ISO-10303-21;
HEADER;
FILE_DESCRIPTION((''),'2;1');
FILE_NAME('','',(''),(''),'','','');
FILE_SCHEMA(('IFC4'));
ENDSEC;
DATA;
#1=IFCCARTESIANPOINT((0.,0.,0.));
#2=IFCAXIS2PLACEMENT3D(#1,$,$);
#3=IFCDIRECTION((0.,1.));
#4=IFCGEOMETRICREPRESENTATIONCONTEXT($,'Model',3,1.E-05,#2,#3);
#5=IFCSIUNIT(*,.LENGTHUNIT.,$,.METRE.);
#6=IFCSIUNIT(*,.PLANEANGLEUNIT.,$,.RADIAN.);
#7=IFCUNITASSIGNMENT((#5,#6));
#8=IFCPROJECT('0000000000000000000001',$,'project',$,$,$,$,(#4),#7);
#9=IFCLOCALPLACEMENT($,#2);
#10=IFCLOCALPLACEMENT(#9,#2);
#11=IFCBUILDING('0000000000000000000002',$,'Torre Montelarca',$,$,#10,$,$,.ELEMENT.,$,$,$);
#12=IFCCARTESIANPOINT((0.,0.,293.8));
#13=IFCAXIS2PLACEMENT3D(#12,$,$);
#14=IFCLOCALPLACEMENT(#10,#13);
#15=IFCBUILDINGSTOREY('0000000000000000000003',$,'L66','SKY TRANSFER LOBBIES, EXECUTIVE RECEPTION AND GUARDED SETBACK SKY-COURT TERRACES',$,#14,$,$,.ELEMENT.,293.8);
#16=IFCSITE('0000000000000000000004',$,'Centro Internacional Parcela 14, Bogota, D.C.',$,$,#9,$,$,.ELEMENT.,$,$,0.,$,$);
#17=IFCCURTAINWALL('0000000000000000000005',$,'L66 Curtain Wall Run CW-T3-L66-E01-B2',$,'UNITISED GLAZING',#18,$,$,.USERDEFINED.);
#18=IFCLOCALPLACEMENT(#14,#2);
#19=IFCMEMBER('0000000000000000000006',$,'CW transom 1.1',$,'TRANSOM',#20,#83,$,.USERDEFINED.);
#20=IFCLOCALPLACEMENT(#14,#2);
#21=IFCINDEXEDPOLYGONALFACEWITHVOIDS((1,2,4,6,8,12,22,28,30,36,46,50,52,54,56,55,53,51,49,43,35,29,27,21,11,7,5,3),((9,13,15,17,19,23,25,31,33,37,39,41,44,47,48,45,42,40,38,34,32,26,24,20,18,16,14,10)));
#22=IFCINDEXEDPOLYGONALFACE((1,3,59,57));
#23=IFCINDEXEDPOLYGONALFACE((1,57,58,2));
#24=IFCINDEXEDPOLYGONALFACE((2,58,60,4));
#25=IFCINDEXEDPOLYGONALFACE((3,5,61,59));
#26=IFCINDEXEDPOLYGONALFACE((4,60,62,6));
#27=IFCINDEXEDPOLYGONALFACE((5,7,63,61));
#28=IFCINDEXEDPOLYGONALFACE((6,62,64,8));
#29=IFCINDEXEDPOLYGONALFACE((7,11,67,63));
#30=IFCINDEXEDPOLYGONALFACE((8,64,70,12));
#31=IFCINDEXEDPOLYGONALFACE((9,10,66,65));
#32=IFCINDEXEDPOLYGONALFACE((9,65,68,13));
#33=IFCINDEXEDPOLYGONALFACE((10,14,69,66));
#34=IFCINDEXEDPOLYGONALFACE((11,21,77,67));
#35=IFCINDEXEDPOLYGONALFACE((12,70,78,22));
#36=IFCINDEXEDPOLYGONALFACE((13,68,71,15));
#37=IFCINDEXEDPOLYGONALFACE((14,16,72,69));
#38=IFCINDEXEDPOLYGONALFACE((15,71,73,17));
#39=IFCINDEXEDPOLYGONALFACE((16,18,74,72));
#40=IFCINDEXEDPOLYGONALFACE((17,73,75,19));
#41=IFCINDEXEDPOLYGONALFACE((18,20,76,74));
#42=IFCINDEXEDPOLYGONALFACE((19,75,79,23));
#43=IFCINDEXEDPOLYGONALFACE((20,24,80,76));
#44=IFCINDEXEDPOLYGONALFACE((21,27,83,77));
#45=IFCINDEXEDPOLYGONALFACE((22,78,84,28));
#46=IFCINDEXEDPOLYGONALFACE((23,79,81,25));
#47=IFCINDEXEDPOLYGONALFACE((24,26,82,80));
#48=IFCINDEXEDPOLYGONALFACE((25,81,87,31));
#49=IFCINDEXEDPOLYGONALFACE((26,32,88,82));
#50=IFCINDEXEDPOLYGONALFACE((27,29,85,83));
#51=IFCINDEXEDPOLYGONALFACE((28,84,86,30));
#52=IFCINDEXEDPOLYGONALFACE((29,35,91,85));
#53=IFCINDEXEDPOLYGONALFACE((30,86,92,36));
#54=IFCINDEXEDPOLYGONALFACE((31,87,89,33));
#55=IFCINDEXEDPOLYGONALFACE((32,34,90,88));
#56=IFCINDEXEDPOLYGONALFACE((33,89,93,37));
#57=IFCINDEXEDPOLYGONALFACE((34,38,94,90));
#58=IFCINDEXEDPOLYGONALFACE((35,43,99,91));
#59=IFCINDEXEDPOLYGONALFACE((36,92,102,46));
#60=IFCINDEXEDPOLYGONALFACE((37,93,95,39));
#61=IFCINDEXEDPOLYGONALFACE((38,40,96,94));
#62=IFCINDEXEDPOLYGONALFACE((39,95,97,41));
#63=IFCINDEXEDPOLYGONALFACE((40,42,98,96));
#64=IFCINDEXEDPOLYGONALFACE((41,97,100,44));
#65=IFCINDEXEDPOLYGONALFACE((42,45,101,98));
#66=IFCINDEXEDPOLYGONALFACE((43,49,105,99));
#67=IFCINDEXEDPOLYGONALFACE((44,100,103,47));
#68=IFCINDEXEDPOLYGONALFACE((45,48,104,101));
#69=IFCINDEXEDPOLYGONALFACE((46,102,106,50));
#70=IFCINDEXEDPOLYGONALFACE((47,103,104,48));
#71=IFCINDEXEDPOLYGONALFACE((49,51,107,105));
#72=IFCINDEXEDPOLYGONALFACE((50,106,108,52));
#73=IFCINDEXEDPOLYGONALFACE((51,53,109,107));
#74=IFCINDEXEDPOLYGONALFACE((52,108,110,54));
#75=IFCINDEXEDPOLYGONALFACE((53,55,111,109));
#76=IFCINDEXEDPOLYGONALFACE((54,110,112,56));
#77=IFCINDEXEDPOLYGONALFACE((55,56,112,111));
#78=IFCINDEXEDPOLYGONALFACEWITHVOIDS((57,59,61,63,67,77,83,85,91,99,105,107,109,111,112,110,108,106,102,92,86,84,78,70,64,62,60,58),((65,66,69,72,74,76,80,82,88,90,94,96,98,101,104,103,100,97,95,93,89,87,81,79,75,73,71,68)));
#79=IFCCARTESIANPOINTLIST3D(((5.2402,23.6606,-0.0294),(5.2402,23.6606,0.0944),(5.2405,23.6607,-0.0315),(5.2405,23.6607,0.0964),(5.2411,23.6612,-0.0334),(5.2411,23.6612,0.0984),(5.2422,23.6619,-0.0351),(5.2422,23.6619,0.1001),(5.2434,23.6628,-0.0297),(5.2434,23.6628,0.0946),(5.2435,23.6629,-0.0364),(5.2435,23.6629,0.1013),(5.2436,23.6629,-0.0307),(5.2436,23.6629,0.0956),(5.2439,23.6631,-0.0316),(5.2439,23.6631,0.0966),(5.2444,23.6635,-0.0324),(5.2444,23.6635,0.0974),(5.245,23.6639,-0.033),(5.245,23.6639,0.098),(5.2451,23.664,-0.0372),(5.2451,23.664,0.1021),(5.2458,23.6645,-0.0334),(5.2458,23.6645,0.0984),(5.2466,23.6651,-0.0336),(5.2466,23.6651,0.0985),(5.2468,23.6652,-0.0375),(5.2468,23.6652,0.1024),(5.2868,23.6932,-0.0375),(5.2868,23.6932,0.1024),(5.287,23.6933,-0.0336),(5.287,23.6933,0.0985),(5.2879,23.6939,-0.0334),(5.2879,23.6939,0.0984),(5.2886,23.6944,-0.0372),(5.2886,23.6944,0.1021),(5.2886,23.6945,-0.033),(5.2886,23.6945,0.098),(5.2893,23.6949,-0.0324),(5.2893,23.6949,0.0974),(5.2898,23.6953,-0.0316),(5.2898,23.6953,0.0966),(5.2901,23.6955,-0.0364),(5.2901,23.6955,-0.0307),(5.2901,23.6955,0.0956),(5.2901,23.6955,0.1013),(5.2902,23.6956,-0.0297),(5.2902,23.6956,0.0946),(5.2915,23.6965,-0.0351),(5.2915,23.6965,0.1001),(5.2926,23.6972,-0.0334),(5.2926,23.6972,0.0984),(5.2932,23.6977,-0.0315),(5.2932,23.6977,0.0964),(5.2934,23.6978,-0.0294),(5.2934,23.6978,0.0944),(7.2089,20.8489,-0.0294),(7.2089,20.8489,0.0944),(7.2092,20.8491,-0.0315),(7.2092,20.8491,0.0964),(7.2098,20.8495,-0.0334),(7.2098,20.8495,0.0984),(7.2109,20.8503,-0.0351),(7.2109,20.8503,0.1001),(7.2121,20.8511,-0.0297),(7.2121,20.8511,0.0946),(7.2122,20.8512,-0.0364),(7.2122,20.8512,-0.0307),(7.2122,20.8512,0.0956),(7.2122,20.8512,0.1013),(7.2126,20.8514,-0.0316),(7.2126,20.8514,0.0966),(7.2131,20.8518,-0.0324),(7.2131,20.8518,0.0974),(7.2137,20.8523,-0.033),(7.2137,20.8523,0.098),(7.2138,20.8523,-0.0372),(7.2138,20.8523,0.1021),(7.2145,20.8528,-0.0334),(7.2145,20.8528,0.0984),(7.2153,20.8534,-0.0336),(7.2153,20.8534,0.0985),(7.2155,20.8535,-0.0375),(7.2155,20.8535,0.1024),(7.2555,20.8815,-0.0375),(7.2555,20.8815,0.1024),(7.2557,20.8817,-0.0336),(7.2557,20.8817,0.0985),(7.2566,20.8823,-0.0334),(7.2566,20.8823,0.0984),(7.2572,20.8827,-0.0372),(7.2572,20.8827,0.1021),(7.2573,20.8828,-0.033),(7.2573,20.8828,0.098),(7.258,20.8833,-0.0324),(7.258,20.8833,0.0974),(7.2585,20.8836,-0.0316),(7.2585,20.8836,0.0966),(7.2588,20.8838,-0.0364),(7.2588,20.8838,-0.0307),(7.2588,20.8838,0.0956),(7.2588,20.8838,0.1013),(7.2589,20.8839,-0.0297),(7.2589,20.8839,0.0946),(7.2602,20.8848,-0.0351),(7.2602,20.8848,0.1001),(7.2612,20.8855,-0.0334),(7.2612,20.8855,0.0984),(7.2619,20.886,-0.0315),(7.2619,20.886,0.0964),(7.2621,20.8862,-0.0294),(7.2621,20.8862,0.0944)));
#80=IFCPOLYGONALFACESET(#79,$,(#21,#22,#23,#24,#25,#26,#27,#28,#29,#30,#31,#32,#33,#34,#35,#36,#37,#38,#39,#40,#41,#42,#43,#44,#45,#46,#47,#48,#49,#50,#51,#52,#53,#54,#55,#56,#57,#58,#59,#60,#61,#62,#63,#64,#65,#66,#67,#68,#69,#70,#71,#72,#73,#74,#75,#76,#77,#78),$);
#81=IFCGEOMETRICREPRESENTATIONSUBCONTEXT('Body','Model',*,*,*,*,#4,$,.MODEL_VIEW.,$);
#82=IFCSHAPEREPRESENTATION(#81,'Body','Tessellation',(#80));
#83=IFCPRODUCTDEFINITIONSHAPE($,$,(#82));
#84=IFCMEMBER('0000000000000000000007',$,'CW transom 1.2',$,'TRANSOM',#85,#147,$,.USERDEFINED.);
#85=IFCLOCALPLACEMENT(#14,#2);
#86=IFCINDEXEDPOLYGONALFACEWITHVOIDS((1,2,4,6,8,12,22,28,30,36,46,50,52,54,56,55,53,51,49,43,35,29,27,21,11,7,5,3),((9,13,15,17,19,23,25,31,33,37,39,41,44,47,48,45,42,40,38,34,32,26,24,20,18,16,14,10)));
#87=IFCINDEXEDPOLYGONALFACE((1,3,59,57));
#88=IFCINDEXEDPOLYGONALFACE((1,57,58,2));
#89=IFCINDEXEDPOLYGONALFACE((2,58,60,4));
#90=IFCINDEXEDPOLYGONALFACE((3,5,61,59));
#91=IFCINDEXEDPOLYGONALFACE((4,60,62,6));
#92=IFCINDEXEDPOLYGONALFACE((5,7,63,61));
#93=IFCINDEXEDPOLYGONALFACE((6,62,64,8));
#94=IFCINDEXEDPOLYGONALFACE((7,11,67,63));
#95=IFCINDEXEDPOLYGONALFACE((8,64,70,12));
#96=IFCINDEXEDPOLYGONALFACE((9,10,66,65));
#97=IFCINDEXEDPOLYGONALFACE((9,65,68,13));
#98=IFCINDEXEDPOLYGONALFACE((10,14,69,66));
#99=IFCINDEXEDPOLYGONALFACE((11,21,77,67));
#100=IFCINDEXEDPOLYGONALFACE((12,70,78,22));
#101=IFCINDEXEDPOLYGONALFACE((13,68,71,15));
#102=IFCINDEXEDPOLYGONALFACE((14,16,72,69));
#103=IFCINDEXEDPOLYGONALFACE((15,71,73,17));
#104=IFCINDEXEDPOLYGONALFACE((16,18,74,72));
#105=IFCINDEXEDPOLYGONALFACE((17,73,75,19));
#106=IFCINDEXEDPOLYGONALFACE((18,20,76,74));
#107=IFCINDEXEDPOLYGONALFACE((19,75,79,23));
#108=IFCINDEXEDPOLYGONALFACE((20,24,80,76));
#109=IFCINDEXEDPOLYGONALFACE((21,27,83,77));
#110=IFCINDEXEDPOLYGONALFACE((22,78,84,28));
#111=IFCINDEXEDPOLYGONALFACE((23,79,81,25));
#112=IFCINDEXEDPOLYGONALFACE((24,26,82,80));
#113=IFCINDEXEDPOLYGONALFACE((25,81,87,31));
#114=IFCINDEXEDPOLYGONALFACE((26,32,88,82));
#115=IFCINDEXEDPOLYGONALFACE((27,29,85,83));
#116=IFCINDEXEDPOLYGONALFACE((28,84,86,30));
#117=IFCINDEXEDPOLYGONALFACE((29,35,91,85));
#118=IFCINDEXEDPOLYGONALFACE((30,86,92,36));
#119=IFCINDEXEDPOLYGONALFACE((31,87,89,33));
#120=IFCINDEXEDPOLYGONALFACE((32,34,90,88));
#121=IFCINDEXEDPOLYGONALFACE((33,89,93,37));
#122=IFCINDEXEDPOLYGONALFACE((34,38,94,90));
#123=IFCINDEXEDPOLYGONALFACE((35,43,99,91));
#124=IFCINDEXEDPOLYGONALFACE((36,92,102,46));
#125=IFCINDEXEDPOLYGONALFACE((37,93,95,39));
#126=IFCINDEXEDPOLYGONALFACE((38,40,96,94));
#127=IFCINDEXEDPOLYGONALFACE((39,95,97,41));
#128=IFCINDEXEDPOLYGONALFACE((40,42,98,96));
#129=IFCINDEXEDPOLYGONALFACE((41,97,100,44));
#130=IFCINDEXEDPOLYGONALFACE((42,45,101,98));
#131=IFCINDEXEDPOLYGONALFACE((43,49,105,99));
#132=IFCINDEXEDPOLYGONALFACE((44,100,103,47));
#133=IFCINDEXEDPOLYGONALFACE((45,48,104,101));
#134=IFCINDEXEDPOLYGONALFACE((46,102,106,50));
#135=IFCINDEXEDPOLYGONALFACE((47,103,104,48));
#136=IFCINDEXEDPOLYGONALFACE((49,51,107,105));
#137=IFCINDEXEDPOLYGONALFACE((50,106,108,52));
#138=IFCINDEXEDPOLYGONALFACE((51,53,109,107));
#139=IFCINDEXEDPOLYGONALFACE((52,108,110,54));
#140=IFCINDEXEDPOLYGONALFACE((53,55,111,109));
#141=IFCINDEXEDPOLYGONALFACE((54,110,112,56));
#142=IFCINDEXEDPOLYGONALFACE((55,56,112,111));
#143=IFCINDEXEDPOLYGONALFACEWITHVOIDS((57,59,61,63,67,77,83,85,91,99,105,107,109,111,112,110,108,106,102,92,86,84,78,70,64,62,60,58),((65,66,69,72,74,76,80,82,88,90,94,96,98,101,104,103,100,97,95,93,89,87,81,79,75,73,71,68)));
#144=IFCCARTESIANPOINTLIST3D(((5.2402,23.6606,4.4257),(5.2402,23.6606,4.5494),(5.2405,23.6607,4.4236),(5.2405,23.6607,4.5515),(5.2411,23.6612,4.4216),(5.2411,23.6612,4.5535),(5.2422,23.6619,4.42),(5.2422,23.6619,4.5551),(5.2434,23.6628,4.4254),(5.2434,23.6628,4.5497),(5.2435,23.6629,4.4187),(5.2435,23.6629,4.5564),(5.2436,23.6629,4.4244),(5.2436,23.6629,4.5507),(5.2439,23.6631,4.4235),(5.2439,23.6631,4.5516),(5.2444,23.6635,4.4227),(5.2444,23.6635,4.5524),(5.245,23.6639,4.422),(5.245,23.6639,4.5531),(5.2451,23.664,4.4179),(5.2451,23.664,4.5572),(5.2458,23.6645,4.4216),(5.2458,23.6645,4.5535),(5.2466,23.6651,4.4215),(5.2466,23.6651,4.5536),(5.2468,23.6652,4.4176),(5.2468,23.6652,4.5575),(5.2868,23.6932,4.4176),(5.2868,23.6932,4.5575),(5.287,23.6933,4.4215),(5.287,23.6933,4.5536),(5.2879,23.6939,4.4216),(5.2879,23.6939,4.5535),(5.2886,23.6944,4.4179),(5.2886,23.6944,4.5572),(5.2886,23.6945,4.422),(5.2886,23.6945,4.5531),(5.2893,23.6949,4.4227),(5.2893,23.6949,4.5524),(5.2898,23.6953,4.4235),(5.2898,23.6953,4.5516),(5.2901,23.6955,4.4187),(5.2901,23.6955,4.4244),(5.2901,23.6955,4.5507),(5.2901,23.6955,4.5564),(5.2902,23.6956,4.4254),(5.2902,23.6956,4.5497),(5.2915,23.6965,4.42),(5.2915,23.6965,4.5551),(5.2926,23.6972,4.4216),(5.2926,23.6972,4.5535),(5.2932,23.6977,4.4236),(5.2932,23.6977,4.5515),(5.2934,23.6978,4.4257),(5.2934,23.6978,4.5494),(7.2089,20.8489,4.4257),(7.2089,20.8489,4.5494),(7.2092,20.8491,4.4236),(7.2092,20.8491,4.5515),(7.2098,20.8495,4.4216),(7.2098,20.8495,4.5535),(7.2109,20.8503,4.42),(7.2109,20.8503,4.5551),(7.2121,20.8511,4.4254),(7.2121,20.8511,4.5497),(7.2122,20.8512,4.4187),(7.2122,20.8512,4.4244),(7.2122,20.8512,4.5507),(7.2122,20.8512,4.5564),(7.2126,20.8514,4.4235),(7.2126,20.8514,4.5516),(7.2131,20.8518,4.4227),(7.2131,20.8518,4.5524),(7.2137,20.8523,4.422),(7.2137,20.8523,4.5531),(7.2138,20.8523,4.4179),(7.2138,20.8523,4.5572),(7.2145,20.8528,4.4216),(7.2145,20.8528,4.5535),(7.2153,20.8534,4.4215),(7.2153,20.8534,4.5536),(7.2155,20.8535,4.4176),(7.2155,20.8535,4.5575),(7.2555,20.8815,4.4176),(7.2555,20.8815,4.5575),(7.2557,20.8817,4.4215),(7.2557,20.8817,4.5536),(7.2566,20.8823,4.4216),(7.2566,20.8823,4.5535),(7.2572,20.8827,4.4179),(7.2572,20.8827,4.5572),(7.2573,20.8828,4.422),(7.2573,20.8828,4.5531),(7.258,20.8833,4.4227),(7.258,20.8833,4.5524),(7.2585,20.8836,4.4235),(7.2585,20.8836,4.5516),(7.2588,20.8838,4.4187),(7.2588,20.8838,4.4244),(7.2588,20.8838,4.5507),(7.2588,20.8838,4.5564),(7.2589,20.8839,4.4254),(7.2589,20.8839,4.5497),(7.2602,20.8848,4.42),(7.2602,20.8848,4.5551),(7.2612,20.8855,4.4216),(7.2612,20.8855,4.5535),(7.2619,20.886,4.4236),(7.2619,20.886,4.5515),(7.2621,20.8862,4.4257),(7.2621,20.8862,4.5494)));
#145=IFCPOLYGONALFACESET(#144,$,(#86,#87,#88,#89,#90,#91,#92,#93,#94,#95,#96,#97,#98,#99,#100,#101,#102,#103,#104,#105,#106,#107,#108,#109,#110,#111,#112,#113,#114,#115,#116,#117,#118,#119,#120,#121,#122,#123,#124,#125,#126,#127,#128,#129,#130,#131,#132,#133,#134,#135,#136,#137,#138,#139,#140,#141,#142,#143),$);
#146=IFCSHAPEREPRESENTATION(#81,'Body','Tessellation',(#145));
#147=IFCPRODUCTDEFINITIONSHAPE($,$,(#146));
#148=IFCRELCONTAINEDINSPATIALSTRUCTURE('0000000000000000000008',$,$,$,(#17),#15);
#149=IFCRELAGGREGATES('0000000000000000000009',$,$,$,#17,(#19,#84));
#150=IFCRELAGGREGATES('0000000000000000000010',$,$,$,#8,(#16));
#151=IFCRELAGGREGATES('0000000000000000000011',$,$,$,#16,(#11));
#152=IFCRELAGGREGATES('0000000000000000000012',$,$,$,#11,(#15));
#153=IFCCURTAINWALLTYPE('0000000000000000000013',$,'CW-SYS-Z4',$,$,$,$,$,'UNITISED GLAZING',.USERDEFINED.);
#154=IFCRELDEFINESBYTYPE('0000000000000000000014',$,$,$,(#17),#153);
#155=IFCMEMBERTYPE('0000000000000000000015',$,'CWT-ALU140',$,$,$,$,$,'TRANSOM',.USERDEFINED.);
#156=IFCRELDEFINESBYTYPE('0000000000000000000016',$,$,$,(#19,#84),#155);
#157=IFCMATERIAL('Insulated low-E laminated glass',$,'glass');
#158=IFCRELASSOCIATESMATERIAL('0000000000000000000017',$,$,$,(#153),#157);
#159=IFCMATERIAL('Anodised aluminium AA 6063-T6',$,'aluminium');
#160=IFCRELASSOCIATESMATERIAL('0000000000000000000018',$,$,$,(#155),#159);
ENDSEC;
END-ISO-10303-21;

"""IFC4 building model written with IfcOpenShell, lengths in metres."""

from ifc_helpers import new_model, si_unit, direction, frame, origin, origin_2d, place, context, subcontext, project, spatial, hollow_rectangle, extrude, source, transform, mapped, material, material_profile, profile_set, type_object, element, aggregate, save


model = new_model("IFC4")

# Units and contexts
model_context = context("Model", 3, precision=1e-05, world=origin(), true_north=direction((0.0, 1.0)))
body_context = subcontext(model_context, "Body", "Model", "MODEL_VIEW")
ifc_project = project(units=[si_unit("LENGTHUNIT", "METRE"), si_unit("PLANEANGLEUNIT", "RADIAN")], contexts=[model_context])

# Site, building, storey
site_placement = place(None, origin())
site = spatial("IfcSite", under=ifc_project, at=site_placement, Name="Centro Internacional Parcela 14, Bogota, D.C.", CompositionType="ELEMENT", RefElevation=0.0)
building_placement = place(site_placement, origin())
building = spatial("IfcBuilding", under=site, at=building_placement, Name="Torre Montelarca", CompositionType="ELEMENT")
storey_placement = place(building_placement, frame((0.0, 0.0, 293.8)))
storey = spatial("IfcBuildingStorey", under=building, at=storey_placement, Name="L66", Description="SKY TRANSFER LOBBIES, EXECUTIVE RECEPTION AND GUARDED SETBACK SKY-COURT TERRACES", CompositionType="ELEMENT", Elevation=293.8)

# Curtain wall
ifc_material_1 = material(Name="Insulated low-E laminated glass", Category="glass")
curtain_wall_type = type_object("IfcCurtainWallType", Name="CW-SYS-Z4", ElementType="UNITISED GLAZING", PredefinedType="USERDEFINED", material=ifc_material_1)
ifc_material_2 = material(Name="Anodised aluminium AA 6063-T6", Category="aluminium")
curtain_wall_1_placement = place(storey_placement, origin())
curtain_wall_1 = element("IfcCurtainWall", 1, at=curtain_wall_1_placement, inside=storey, type_object=curtain_wall_type, Name="L66 Curtain Wall Run CW-T3-L66-E01-B2", ObjectType="UNITISED GLAZING", PredefinedType="USERDEFINED")

# Members
ifc_material_profile_1 = material_profile(ifc_material_2, hollow_rectangle(XDim=0.0649, YDim=0.1399, WallThickness=0.0039, InnerFilletRadius=0.0039, OuterFilletRadius=0.0081, at=origin_2d()), Name="ALU65X140X4", Category="aluminium")
ifc_profile_set_1 = profile_set([ifc_material_profile_1], Name="Anodised aluminium AA 6063-T6")
member_type_1 = type_object("IfcMemberType", Name="CWT-ALU140", ElementType="TRANSOM", PredefinedType="USERDEFINED", material=ifc_profile_set_1)
shared_shape_1 = source(origin(), body_context, "Body", "SweptSolid", [
    extrude(hollow_rectangle(XDim=0.0649, YDim=0.1399, WallThickness=0.0039, InnerFilletRadius=0.0039, OuterFilletRadius=0.0081, at=origin_2d()), origin(), (0.0, 0.0, 1.0), 3.4324),
])
member_1_placement = place(storey_placement, frame((5.2668, 23.6792, 0.0325), z_axis=(0.573563, -0.819162, 0.0), x_axis=(0.819162, 0.573563, 0.0)))
member_1 = element("IfcMember", 2, at=member_1_placement, type_object=member_type_1, Name="CW transom 1.1", ObjectType="TRANSOM", PredefinedType="USERDEFINED", context=body_context, shape_type="MappedRepresentation", body=[
    mapped(shared_shape_1, transform((0.0, 0.0, 0.0), scale=1.0)),
])
member_2_placement = place(storey_placement, frame((5.2668, 23.6792, 4.4875), z_axis=(0.573563, -0.819162, 0.0), x_axis=(0.819162, 0.573563, 0.0)))
member_2 = element("IfcMember", 3, at=member_2_placement, type_object=member_type_1, Name="CW transom 1.2", ObjectType="TRANSOM", PredefinedType="USERDEFINED", context=body_context, shape_type="MappedRepresentation", body=[
    mapped(shared_shape_1, transform((0.0, 0.0, 0.0), scale=1.0)),
])

aggregate(curtain_wall_1, [member_1, member_2])

save(model, "model.ifc")
